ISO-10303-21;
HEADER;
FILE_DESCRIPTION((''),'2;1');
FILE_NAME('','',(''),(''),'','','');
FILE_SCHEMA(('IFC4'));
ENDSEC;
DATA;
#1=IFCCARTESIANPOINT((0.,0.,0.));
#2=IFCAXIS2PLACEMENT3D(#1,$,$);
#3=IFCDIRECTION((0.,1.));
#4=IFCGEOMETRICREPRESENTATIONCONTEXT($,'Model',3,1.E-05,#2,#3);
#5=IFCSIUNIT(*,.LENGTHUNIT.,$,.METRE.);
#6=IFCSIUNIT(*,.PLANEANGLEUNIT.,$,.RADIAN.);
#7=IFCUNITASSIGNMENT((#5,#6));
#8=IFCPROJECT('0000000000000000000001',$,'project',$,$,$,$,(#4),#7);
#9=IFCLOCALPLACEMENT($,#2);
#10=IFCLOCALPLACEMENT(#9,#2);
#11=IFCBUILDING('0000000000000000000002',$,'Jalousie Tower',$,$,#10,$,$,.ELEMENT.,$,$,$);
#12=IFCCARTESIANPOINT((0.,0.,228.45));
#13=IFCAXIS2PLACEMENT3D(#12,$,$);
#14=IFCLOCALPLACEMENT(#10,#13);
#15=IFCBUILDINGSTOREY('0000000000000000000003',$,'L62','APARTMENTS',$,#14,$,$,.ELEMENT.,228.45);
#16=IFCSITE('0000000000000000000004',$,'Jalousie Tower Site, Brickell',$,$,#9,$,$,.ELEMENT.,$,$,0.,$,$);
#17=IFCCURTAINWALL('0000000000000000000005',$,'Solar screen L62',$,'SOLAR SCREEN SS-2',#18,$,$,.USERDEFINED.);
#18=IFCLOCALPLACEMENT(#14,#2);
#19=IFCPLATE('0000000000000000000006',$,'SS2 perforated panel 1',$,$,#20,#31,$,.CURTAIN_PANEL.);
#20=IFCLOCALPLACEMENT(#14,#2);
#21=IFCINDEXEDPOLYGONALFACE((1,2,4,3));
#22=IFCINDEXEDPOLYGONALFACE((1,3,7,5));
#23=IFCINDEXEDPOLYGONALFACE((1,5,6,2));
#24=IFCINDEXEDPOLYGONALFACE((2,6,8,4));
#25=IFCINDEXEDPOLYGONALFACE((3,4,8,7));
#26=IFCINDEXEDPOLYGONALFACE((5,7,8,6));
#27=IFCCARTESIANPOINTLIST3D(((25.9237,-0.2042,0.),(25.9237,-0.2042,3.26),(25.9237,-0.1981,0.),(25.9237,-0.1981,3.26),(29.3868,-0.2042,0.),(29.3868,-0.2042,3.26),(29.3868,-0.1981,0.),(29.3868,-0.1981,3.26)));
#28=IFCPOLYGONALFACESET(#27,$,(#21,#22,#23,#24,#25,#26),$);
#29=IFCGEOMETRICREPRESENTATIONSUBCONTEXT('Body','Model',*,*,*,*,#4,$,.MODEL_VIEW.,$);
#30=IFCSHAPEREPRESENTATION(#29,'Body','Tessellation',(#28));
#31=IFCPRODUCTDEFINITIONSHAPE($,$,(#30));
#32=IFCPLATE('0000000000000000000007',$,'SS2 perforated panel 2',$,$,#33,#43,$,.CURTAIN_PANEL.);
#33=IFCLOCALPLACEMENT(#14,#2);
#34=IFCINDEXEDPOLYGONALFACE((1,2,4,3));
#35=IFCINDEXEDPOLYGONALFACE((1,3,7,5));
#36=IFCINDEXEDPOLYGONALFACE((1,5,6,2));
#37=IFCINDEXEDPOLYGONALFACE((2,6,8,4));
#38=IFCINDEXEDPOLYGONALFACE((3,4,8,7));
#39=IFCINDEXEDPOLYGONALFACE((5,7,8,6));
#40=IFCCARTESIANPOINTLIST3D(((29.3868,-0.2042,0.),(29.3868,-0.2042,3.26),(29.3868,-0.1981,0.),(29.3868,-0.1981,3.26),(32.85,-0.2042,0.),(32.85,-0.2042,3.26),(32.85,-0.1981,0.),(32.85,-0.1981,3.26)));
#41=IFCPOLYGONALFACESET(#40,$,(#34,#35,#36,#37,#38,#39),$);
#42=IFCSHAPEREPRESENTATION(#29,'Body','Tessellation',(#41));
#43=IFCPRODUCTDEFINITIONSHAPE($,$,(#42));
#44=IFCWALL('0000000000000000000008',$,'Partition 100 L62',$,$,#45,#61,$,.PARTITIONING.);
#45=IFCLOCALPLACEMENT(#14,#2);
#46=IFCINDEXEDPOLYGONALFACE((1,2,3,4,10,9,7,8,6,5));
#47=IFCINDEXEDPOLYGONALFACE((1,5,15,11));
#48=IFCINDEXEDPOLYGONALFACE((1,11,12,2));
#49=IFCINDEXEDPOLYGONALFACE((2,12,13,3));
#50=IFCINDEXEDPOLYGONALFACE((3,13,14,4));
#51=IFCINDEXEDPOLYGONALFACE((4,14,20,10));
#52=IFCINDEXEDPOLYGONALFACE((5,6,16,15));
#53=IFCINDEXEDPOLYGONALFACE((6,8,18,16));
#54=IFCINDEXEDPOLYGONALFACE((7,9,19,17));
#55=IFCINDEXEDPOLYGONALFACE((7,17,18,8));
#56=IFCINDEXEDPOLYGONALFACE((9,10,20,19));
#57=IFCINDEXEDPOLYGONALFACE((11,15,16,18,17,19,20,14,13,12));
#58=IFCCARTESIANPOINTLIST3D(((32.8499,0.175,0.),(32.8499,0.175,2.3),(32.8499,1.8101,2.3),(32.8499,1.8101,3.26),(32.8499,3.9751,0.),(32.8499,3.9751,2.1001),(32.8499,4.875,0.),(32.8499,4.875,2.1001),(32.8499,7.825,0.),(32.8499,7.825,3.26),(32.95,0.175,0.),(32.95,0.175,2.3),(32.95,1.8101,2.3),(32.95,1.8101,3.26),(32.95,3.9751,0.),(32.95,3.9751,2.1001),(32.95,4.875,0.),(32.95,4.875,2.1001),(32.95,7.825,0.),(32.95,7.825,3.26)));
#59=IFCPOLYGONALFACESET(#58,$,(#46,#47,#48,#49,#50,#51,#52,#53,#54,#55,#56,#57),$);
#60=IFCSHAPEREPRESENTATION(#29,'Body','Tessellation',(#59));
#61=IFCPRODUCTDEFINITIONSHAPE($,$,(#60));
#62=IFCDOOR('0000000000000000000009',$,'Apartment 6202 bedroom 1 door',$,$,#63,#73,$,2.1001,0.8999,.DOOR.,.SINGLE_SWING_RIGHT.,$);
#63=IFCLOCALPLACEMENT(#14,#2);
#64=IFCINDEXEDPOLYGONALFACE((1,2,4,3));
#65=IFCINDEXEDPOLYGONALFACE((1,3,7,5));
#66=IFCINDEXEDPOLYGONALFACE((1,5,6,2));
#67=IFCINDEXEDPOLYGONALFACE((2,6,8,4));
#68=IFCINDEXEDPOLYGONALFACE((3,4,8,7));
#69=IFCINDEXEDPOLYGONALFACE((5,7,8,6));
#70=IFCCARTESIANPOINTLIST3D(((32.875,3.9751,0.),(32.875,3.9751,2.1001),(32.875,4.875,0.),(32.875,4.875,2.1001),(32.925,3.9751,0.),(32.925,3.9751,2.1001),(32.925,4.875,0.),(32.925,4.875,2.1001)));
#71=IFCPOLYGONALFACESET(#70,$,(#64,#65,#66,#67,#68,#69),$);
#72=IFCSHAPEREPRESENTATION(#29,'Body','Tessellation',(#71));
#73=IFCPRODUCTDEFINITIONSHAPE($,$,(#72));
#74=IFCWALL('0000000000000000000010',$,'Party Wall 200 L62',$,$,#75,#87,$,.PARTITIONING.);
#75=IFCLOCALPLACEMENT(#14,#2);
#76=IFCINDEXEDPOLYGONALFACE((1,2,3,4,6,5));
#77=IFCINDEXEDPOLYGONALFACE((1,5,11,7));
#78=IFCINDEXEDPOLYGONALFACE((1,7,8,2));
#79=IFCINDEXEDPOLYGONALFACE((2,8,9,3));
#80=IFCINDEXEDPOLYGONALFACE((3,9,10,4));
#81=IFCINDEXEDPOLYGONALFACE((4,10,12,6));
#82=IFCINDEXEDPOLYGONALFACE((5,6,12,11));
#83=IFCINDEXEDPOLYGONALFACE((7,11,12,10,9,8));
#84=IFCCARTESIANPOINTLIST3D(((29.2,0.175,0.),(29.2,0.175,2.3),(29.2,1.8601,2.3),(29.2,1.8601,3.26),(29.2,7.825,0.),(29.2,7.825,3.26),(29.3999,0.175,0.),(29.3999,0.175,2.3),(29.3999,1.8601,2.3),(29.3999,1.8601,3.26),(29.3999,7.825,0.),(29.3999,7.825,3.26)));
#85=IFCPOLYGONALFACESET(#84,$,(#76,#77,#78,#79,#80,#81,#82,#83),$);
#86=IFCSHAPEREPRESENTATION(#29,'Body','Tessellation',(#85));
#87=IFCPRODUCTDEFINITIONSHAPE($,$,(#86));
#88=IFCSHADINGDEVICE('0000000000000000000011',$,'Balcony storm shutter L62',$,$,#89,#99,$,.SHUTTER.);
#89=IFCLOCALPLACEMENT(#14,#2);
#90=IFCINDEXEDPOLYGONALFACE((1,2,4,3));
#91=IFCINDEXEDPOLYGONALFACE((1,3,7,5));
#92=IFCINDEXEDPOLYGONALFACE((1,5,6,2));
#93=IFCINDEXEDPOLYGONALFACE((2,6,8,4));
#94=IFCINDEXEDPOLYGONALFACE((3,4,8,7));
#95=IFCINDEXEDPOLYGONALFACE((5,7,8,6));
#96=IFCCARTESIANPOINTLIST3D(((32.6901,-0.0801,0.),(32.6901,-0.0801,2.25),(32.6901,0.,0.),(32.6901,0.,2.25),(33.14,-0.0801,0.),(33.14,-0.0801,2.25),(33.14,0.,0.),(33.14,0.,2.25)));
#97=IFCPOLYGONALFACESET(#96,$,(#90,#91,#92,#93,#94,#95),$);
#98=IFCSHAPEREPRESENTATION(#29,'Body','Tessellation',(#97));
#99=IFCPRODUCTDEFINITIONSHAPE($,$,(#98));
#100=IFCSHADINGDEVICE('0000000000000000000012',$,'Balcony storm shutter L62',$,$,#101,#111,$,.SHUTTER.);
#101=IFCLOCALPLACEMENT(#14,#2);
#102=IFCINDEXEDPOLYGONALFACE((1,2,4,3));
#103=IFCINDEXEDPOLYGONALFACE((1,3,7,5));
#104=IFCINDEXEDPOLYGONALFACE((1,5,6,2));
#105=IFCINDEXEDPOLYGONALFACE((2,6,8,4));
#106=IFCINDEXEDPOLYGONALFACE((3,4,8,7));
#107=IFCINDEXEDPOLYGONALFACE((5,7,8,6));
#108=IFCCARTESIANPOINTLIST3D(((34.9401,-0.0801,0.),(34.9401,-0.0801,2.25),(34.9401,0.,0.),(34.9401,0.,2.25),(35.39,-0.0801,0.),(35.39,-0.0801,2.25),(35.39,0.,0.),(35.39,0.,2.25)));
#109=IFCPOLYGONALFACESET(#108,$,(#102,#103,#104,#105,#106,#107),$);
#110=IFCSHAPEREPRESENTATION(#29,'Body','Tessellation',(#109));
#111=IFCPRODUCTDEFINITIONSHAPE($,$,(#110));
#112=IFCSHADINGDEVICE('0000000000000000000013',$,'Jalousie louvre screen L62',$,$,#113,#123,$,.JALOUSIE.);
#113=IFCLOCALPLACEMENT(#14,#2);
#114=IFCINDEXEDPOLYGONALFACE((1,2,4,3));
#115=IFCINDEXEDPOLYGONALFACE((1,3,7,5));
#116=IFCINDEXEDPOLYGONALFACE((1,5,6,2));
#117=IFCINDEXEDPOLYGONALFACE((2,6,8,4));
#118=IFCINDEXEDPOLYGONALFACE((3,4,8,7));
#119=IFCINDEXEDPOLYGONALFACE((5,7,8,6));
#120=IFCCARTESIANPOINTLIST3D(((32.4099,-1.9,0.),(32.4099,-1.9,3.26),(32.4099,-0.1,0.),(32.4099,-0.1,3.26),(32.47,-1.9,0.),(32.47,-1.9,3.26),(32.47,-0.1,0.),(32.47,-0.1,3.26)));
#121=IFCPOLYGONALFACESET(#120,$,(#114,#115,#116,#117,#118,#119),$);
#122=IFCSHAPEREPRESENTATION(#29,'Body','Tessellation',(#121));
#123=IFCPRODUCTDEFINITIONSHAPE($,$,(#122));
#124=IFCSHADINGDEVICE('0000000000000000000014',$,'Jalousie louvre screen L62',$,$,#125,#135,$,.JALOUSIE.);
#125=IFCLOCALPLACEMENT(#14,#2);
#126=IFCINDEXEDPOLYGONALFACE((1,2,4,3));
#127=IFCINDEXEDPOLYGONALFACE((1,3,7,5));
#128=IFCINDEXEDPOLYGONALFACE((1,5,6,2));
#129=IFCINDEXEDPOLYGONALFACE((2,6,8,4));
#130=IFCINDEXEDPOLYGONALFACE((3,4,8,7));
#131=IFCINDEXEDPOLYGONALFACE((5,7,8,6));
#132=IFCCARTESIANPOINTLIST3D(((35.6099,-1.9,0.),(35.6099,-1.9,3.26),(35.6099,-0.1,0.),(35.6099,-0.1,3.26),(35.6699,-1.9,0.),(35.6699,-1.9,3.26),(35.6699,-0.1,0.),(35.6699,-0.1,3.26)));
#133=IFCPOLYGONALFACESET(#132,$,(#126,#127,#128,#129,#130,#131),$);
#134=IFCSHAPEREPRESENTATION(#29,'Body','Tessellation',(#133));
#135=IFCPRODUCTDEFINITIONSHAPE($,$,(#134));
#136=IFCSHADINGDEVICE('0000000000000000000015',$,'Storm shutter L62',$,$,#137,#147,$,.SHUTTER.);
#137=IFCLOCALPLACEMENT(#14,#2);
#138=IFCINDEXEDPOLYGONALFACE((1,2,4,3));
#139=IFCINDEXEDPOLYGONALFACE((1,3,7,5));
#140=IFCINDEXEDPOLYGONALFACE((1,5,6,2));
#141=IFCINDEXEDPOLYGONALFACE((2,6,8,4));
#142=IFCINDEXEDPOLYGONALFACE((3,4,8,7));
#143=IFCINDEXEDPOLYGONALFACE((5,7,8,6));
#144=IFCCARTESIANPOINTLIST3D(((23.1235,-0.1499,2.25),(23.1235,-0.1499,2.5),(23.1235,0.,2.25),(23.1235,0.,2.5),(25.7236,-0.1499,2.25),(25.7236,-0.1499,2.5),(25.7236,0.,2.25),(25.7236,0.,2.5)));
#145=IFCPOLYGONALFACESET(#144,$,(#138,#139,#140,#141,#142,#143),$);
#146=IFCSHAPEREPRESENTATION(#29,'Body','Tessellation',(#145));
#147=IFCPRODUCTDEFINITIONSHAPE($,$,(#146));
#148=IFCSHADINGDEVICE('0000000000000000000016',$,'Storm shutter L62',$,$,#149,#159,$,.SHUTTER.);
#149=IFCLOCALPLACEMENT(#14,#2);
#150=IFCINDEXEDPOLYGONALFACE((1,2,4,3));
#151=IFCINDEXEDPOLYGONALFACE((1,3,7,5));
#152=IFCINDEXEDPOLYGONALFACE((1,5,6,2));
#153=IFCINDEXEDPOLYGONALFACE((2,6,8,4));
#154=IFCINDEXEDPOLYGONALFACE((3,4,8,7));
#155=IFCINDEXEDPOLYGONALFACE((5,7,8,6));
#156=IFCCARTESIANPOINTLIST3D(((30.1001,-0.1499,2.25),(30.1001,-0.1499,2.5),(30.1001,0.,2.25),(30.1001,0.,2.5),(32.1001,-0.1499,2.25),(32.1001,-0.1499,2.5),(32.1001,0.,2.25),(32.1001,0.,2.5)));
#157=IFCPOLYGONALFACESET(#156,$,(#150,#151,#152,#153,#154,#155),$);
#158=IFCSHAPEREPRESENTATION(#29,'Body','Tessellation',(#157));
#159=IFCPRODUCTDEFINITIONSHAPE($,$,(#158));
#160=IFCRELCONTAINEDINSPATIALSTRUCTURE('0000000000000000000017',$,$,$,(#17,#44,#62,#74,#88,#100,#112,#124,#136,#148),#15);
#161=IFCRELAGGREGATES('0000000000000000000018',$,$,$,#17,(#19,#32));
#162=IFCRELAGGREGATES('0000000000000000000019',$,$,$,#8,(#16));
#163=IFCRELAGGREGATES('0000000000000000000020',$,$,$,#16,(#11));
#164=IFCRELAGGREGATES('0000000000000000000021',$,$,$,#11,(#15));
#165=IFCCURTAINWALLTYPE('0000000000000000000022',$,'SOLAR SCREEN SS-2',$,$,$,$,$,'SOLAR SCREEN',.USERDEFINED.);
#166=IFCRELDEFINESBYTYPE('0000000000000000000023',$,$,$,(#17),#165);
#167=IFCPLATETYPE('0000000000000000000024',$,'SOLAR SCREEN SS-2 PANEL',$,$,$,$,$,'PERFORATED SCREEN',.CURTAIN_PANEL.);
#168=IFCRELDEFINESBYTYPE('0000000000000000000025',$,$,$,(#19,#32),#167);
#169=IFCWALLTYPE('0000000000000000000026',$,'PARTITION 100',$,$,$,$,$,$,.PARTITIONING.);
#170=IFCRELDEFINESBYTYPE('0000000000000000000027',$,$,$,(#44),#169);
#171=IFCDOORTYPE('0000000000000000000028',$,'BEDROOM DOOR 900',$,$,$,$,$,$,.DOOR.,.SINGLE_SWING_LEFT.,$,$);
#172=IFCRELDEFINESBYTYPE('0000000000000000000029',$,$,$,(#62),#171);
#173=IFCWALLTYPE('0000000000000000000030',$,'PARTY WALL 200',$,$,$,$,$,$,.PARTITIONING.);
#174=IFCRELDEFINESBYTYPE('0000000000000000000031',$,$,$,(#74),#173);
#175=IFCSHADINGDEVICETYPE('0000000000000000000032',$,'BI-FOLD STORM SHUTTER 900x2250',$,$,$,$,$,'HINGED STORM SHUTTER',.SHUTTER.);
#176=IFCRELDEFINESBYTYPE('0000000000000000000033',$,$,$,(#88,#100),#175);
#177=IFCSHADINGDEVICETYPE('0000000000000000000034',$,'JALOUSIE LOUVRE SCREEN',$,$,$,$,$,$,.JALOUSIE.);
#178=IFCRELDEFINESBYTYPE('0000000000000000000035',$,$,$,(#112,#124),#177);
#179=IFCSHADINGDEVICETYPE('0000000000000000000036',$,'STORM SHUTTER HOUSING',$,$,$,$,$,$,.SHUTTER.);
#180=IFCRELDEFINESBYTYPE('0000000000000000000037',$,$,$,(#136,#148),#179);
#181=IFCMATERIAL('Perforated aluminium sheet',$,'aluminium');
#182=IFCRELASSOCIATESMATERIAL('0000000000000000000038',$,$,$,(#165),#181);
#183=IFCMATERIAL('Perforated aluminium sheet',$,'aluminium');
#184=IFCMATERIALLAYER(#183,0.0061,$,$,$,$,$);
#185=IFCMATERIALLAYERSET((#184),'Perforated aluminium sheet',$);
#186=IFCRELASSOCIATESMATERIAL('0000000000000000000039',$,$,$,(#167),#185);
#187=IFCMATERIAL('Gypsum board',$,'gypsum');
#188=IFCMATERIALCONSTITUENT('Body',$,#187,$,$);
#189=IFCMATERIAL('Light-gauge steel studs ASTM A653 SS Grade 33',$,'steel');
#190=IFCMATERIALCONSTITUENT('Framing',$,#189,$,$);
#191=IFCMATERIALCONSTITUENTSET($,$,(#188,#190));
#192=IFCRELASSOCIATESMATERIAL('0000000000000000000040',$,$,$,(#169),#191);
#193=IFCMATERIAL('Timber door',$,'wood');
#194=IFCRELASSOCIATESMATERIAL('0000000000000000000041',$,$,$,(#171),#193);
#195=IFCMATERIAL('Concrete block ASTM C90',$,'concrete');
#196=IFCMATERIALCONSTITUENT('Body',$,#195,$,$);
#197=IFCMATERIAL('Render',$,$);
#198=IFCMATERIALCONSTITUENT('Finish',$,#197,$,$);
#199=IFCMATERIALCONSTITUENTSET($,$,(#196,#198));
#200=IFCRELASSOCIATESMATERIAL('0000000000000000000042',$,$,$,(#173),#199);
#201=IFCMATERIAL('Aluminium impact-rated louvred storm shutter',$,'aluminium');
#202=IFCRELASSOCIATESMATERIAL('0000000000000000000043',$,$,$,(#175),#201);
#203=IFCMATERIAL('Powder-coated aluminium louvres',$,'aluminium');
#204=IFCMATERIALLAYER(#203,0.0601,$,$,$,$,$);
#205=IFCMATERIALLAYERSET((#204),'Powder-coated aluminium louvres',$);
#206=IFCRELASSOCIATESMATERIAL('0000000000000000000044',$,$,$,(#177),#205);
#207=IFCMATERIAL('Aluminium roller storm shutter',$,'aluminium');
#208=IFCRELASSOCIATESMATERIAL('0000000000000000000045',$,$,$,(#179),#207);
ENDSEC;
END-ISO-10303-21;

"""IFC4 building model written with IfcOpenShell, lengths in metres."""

from ifc_helpers import new_model, si_unit, direction, frame, frame_2d, origin, origin_2d, place, context, subcontext, project, spatial, polyline, rectangle, outline, extrude, material, layer, layer_set, constituent, constituent_set, type_object, element, fill, aggregate, save


model = new_model("IFC4")

# Units and contexts
model_context = context("Model", 3, precision=1e-05, world=origin(), true_north=direction((0.0, 1.0)))
body_context = subcontext(model_context, "Body", "Model", "MODEL_VIEW")
ifc_project = project(units=[si_unit("LENGTHUNIT", "METRE"), si_unit("PLANEANGLEUNIT", "RADIAN")], contexts=[model_context])

# Site, building, storey
site_placement = place(None, origin())
site = spatial("IfcSite", under=ifc_project, at=site_placement, Name="Jalousie Tower Site, Brickell", CompositionType="ELEMENT", RefElevation=0.0)
building_placement = place(site_placement, origin())
building = spatial("IfcBuilding", under=site, at=building_placement, Name="Jalousie Tower", CompositionType="ELEMENT")
storey_placement = place(building_placement, frame((0.0, 0.0, 228.45)))
storey = spatial("IfcBuildingStorey", under=building, at=storey_placement, Name="L62", Description="APARTMENTS", CompositionType="ELEMENT", Elevation=228.45)

# Shared definitions
ifc_material_1 = material(Name="Perforated aluminium sheet", Category="aluminium")
curtain_wall_type = type_object("IfcCurtainWallType", Name="SOLAR SCREEN SS-2", ElementType="SOLAR SCREEN", PredefinedType="USERDEFINED", material=ifc_material_1)

# Curtain wall, plates
curtain_wall_1_placement = place(storey_placement, origin())
curtain_wall_1 = element("IfcCurtainWall", 1, at=curtain_wall_1_placement, inside=storey, type_object=curtain_wall_type, Name="Solar screen L62", ObjectType="SOLAR SCREEN SS-2", PredefinedType="USERDEFINED")
ifc_material_2 = material(Name="Perforated aluminium sheet", Category="aluminium")
ifc_layer_1 = layer(ifc_material_2, 0.0061)
ifc_layer_set_1 = layer_set([ifc_layer_1], Name="Perforated aluminium sheet")
plate_type = type_object("IfcPlateType", Name="SOLAR SCREEN SS-2 PANEL", ElementType="PERFORATED SCREEN", PredefinedType="CURTAIN_PANEL", material=ifc_layer_set_1)
plate_1_placement = place(storey_placement, frame((27.6553, -0.2012, 0.0), z_axis=(0.0, 0.0, 1.0), x_axis=(1.0, 0.0, 0.0)))
plate_1 = element("IfcPlate", 2, at=plate_1_placement, type_object=plate_type, Name="SS2 perforated panel 1", PredefinedType="CURTAIN_PANEL", context=body_context, shape_type="SweptSolid", body=[
    extrude(rectangle(XDim=3.4631, YDim=0.0061, at=origin_2d()), origin(), (0.0, 0.0, 1.0), 3.26),
])
plate_2_placement = place(storey_placement, frame((31.1184, -0.2012, 0.0), z_axis=(0.0, 0.0, 1.0), x_axis=(1.0, 0.0, 0.0)))
plate_2 = element("IfcPlate", 3, at=plate_2_placement, type_object=plate_type, Name="SS2 perforated panel 2", PredefinedType="CURTAIN_PANEL", context=body_context, shape_type="SweptSolid", body=[
    extrude(rectangle(XDim=3.4631, YDim=0.0061, at=origin_2d()), origin(), (0.0, 0.0, 1.0), 3.26),
])
aggregate(curtain_wall_1, [plate_1, plate_2])

# Wall, opening, door
ifc_material_3 = material(Name="Gypsum board", Category="gypsum")
ifc_constituent_1 = constituent(ifc_material_3, Name="Body")
ifc_material_4 = material(Name="Light-gauge steel studs ASTM A653 SS Grade 33", Category="steel")
ifc_constituent_2 = constituent(ifc_material_4, Name="Framing")
ifc_constituent_set_1 = constituent_set(constituents=[ifc_constituent_1, ifc_constituent_2])
wall_type_1 = type_object("IfcWallType", Name="PARTITION 100", PredefinedType="PARTITIONING", material=ifc_constituent_set_1)
wall_1_placement = place(storey_placement, frame((32.8999, 0.175, 0.0), z_axis=(0.0, 0.0, 1.0), x_axis=(0.0, 1.0, 0.0)))
wall_1 = element("IfcWall", 4, at=wall_1_placement, inside=storey, type_object=wall_type_1, Name="Partition 100 L62", PredefinedType="PARTITIONING", context=body_context, shape_type="SweptSolid", body=[
    extrude(outline(polyline([(0.0, 0.0), (7.6499, 0.0), (7.6499, 3.26), (1.635, 3.26), (1.635, 2.3), (0.0, 2.3), (0.0, 3.26), (0.0, 0.0)])), frame((0.0, 0.05, 0.0), z_axis=(0.0, -1.0, 0.0), x_axis=(1.0, 0.0, 0.0)), (0.0, 0.0, 1.0), 0.1001),
])
opening_placement = place(wall_1_placement, frame((3.8, 0.0, 0.0)))
opening = element("IfcOpeningElement", 5, at=opening_placement, cuts=wall_1, PredefinedType="OPENING", context=body_context, shape_type="SweptSolid", body=[
    extrude(rectangle(XDim=0.8999, YDim=2.1001, at=frame_2d((0.45, 1.05))), frame((0.0, 0.0601, 0.0), z_axis=(0.0, -1.0, 0.0), x_axis=(1.0, 0.0, 0.0)), (0.0, 0.0, 1.0), 0.1201),
])
ifc_material_5 = material(Name="Timber door", Category="wood")
door_type = type_object("IfcDoorType", Name="BEDROOM DOOR 900", OperationType="SINGLE_SWING_LEFT", PredefinedType="DOOR", material=ifc_material_5)
door_placement = place(opening_placement, origin())
door = element("IfcDoor", 6, at=door_placement, inside=storey, type_object=door_type, Name="Apartment 6202 bedroom 1 door", OperationType="SINGLE_SWING_RIGHT", OverallHeight=2.1001, OverallWidth=0.8999, PredefinedType="DOOR", context=body_context, shape_type="SweptSolid", body=[
    extrude(rectangle(XDim=0.8999, YDim=2.1001, at=frame_2d((0.45, 1.05))), frame((0.0, 0.0249, 0.0), z_axis=(0.0, -1.0, 0.0), x_axis=(1.0, 0.0, 0.0)), (0.0, 0.0, 1.0), 0.05),
])
fill(opening, door)

# Wall
ifc_material_6 = material(Name="Concrete block ASTM C90", Category="concrete")
ifc_constituent_3 = constituent(ifc_material_6, Name="Body")
ifc_material_7 = material(Name="Render")
ifc_constituent_4 = constituent(ifc_material_7, Name="Finish")
ifc_constituent_set_2 = constituent_set(constituents=[ifc_constituent_3, ifc_constituent_4])
wall_type_2 = type_object("IfcWallType", Name="PARTY WALL 200", PredefinedType="PARTITIONING", material=ifc_constituent_set_2)
wall_2_placement = place(storey_placement, frame((29.3, 0.175, 0.0), z_axis=(0.0, 0.0, 1.0), x_axis=(0.0, 1.0, 0.0)))
element("IfcWall", 7, at=wall_2_placement, inside=storey, type_object=wall_type_2, Name="Party Wall 200 L62", PredefinedType="PARTITIONING", context=body_context, shape_type="SweptSolid", body=[
    extrude(outline(polyline([(0.0, 0.0), (7.6499, 0.0), (7.6499, 3.26), (1.6851, 3.26), (1.6851, 2.3), (0.0, 2.3), (0.0, 3.26), (0.0, 0.0)])), frame((0.0, 0.1001, 0.0), z_axis=(0.0, -1.0, 0.0), x_axis=(1.0, 0.0, 0.0)), (0.0, 0.0, 1.0), 0.2),
])

# Shading devices
ifc_material_8 = material(Name="Aluminium impact-rated louvred storm shutter", Category="aluminium")
shading_device_type_1 = type_object("IfcShadingDeviceType", Name="BI-FOLD STORM SHUTTER 900x2250", ElementType="HINGED STORM SHUTTER", PredefinedType="SHUTTER", material=ifc_material_8)
for number, where, z_axis, x_axis, name in (
    (8, (32.915, -0.04, 0.0), (0.0, 0.0, 1.0), (1.0, 0.0, 0.0), "Balcony storm shutter L62"),
    (9, (35.165, -0.04, 0.0), (0.0, 0.0, 1.0), (1.0, 0.0, 0.0), "Balcony storm shutter L62"),
):
    element("IfcShadingDevice", number, at=place(storey_placement, frame(where, z_axis=z_axis, x_axis=x_axis)), inside=storey, type_object=shading_device_type_1, Name=name, PredefinedType="SHUTTER", context=body_context, shape_type="SweptSolid", body=[
        extrude(rectangle(XDim=0.45, YDim=0.0801, at=origin_2d()), origin(), (0.0, 0.0, 1.0), 2.25),
    ])

# Shading devices
ifc_material_9 = material(Name="Powder-coated aluminium louvres", Category="aluminium")
ifc_layer_2 = layer(ifc_material_9, 0.0601)
ifc_layer_set_2 = layer_set([ifc_layer_2], Name="Powder-coated aluminium louvres")
shading_device_type_2 = type_object("IfcShadingDeviceType", Name="JALOUSIE LOUVRE SCREEN", PredefinedType="JALOUSIE", material=ifc_layer_set_2)
for number, where, z_axis, x_axis, name in (
    (10, (32.4399, -1.0, 0.0), (0.0, 0.0, 1.0), (1.0, 0.0, 0.0), "Jalousie louvre screen L62"),
    (11, (35.6399, -1.0, 0.0), (0.0, 0.0, 1.0), (1.0, 0.0, 0.0), "Jalousie louvre screen L62"),
):
    element("IfcShadingDevice", number, at=place(storey_placement, frame(where, z_axis=z_axis, x_axis=x_axis)), inside=storey, type_object=shading_device_type_2, Name=name, PredefinedType="JALOUSIE", context=body_context, shape_type="SweptSolid", body=[
        extrude(rectangle(XDim=0.0601, YDim=1.8, at=origin_2d()), origin(), (0.0, 0.0, 1.0), 3.26),
    ])
ifc_material_10 = material(Name="Aluminium roller storm shutter", Category="aluminium")
shading_device_type_3 = type_object("IfcShadingDeviceType", Name="STORM SHUTTER HOUSING", PredefinedType="SHUTTER", material=ifc_material_10)
shading_device_1_placement = place(storey_placement, frame((24.4236, -0.075, 2.25), z_axis=(0.0, 0.0, 1.0), x_axis=(1.0, 0.0, 0.0)))
element("IfcShadingDevice", 12, at=shading_device_1_placement, inside=storey, type_object=shading_device_type_3, Name="Storm shutter L62", PredefinedType="SHUTTER", context=body_context, shape_type="SweptSolid", body=[
    extrude(rectangle(XDim=2.6001, YDim=0.1499, at=origin_2d()), origin(), (0.0, 0.0, 1.0), 0.25),
])
shading_device_2_placement = place(storey_placement, frame((31.1001, -0.075, 2.25), z_axis=(0.0, 0.0, 1.0), x_axis=(1.0, 0.0, 0.0)))
element("IfcShadingDevice", 13, at=shading_device_2_placement, inside=storey, type_object=shading_device_type_3, Name="Storm shutter L62", PredefinedType="SHUTTER", context=body_context, shape_type="SweptSolid", body=[
    extrude(rectangle(XDim=2.0, YDim=0.1499, at=origin_2d()), origin(), (0.0, 0.0, 1.0), 0.25),
])

save(model, "model.ifc")
